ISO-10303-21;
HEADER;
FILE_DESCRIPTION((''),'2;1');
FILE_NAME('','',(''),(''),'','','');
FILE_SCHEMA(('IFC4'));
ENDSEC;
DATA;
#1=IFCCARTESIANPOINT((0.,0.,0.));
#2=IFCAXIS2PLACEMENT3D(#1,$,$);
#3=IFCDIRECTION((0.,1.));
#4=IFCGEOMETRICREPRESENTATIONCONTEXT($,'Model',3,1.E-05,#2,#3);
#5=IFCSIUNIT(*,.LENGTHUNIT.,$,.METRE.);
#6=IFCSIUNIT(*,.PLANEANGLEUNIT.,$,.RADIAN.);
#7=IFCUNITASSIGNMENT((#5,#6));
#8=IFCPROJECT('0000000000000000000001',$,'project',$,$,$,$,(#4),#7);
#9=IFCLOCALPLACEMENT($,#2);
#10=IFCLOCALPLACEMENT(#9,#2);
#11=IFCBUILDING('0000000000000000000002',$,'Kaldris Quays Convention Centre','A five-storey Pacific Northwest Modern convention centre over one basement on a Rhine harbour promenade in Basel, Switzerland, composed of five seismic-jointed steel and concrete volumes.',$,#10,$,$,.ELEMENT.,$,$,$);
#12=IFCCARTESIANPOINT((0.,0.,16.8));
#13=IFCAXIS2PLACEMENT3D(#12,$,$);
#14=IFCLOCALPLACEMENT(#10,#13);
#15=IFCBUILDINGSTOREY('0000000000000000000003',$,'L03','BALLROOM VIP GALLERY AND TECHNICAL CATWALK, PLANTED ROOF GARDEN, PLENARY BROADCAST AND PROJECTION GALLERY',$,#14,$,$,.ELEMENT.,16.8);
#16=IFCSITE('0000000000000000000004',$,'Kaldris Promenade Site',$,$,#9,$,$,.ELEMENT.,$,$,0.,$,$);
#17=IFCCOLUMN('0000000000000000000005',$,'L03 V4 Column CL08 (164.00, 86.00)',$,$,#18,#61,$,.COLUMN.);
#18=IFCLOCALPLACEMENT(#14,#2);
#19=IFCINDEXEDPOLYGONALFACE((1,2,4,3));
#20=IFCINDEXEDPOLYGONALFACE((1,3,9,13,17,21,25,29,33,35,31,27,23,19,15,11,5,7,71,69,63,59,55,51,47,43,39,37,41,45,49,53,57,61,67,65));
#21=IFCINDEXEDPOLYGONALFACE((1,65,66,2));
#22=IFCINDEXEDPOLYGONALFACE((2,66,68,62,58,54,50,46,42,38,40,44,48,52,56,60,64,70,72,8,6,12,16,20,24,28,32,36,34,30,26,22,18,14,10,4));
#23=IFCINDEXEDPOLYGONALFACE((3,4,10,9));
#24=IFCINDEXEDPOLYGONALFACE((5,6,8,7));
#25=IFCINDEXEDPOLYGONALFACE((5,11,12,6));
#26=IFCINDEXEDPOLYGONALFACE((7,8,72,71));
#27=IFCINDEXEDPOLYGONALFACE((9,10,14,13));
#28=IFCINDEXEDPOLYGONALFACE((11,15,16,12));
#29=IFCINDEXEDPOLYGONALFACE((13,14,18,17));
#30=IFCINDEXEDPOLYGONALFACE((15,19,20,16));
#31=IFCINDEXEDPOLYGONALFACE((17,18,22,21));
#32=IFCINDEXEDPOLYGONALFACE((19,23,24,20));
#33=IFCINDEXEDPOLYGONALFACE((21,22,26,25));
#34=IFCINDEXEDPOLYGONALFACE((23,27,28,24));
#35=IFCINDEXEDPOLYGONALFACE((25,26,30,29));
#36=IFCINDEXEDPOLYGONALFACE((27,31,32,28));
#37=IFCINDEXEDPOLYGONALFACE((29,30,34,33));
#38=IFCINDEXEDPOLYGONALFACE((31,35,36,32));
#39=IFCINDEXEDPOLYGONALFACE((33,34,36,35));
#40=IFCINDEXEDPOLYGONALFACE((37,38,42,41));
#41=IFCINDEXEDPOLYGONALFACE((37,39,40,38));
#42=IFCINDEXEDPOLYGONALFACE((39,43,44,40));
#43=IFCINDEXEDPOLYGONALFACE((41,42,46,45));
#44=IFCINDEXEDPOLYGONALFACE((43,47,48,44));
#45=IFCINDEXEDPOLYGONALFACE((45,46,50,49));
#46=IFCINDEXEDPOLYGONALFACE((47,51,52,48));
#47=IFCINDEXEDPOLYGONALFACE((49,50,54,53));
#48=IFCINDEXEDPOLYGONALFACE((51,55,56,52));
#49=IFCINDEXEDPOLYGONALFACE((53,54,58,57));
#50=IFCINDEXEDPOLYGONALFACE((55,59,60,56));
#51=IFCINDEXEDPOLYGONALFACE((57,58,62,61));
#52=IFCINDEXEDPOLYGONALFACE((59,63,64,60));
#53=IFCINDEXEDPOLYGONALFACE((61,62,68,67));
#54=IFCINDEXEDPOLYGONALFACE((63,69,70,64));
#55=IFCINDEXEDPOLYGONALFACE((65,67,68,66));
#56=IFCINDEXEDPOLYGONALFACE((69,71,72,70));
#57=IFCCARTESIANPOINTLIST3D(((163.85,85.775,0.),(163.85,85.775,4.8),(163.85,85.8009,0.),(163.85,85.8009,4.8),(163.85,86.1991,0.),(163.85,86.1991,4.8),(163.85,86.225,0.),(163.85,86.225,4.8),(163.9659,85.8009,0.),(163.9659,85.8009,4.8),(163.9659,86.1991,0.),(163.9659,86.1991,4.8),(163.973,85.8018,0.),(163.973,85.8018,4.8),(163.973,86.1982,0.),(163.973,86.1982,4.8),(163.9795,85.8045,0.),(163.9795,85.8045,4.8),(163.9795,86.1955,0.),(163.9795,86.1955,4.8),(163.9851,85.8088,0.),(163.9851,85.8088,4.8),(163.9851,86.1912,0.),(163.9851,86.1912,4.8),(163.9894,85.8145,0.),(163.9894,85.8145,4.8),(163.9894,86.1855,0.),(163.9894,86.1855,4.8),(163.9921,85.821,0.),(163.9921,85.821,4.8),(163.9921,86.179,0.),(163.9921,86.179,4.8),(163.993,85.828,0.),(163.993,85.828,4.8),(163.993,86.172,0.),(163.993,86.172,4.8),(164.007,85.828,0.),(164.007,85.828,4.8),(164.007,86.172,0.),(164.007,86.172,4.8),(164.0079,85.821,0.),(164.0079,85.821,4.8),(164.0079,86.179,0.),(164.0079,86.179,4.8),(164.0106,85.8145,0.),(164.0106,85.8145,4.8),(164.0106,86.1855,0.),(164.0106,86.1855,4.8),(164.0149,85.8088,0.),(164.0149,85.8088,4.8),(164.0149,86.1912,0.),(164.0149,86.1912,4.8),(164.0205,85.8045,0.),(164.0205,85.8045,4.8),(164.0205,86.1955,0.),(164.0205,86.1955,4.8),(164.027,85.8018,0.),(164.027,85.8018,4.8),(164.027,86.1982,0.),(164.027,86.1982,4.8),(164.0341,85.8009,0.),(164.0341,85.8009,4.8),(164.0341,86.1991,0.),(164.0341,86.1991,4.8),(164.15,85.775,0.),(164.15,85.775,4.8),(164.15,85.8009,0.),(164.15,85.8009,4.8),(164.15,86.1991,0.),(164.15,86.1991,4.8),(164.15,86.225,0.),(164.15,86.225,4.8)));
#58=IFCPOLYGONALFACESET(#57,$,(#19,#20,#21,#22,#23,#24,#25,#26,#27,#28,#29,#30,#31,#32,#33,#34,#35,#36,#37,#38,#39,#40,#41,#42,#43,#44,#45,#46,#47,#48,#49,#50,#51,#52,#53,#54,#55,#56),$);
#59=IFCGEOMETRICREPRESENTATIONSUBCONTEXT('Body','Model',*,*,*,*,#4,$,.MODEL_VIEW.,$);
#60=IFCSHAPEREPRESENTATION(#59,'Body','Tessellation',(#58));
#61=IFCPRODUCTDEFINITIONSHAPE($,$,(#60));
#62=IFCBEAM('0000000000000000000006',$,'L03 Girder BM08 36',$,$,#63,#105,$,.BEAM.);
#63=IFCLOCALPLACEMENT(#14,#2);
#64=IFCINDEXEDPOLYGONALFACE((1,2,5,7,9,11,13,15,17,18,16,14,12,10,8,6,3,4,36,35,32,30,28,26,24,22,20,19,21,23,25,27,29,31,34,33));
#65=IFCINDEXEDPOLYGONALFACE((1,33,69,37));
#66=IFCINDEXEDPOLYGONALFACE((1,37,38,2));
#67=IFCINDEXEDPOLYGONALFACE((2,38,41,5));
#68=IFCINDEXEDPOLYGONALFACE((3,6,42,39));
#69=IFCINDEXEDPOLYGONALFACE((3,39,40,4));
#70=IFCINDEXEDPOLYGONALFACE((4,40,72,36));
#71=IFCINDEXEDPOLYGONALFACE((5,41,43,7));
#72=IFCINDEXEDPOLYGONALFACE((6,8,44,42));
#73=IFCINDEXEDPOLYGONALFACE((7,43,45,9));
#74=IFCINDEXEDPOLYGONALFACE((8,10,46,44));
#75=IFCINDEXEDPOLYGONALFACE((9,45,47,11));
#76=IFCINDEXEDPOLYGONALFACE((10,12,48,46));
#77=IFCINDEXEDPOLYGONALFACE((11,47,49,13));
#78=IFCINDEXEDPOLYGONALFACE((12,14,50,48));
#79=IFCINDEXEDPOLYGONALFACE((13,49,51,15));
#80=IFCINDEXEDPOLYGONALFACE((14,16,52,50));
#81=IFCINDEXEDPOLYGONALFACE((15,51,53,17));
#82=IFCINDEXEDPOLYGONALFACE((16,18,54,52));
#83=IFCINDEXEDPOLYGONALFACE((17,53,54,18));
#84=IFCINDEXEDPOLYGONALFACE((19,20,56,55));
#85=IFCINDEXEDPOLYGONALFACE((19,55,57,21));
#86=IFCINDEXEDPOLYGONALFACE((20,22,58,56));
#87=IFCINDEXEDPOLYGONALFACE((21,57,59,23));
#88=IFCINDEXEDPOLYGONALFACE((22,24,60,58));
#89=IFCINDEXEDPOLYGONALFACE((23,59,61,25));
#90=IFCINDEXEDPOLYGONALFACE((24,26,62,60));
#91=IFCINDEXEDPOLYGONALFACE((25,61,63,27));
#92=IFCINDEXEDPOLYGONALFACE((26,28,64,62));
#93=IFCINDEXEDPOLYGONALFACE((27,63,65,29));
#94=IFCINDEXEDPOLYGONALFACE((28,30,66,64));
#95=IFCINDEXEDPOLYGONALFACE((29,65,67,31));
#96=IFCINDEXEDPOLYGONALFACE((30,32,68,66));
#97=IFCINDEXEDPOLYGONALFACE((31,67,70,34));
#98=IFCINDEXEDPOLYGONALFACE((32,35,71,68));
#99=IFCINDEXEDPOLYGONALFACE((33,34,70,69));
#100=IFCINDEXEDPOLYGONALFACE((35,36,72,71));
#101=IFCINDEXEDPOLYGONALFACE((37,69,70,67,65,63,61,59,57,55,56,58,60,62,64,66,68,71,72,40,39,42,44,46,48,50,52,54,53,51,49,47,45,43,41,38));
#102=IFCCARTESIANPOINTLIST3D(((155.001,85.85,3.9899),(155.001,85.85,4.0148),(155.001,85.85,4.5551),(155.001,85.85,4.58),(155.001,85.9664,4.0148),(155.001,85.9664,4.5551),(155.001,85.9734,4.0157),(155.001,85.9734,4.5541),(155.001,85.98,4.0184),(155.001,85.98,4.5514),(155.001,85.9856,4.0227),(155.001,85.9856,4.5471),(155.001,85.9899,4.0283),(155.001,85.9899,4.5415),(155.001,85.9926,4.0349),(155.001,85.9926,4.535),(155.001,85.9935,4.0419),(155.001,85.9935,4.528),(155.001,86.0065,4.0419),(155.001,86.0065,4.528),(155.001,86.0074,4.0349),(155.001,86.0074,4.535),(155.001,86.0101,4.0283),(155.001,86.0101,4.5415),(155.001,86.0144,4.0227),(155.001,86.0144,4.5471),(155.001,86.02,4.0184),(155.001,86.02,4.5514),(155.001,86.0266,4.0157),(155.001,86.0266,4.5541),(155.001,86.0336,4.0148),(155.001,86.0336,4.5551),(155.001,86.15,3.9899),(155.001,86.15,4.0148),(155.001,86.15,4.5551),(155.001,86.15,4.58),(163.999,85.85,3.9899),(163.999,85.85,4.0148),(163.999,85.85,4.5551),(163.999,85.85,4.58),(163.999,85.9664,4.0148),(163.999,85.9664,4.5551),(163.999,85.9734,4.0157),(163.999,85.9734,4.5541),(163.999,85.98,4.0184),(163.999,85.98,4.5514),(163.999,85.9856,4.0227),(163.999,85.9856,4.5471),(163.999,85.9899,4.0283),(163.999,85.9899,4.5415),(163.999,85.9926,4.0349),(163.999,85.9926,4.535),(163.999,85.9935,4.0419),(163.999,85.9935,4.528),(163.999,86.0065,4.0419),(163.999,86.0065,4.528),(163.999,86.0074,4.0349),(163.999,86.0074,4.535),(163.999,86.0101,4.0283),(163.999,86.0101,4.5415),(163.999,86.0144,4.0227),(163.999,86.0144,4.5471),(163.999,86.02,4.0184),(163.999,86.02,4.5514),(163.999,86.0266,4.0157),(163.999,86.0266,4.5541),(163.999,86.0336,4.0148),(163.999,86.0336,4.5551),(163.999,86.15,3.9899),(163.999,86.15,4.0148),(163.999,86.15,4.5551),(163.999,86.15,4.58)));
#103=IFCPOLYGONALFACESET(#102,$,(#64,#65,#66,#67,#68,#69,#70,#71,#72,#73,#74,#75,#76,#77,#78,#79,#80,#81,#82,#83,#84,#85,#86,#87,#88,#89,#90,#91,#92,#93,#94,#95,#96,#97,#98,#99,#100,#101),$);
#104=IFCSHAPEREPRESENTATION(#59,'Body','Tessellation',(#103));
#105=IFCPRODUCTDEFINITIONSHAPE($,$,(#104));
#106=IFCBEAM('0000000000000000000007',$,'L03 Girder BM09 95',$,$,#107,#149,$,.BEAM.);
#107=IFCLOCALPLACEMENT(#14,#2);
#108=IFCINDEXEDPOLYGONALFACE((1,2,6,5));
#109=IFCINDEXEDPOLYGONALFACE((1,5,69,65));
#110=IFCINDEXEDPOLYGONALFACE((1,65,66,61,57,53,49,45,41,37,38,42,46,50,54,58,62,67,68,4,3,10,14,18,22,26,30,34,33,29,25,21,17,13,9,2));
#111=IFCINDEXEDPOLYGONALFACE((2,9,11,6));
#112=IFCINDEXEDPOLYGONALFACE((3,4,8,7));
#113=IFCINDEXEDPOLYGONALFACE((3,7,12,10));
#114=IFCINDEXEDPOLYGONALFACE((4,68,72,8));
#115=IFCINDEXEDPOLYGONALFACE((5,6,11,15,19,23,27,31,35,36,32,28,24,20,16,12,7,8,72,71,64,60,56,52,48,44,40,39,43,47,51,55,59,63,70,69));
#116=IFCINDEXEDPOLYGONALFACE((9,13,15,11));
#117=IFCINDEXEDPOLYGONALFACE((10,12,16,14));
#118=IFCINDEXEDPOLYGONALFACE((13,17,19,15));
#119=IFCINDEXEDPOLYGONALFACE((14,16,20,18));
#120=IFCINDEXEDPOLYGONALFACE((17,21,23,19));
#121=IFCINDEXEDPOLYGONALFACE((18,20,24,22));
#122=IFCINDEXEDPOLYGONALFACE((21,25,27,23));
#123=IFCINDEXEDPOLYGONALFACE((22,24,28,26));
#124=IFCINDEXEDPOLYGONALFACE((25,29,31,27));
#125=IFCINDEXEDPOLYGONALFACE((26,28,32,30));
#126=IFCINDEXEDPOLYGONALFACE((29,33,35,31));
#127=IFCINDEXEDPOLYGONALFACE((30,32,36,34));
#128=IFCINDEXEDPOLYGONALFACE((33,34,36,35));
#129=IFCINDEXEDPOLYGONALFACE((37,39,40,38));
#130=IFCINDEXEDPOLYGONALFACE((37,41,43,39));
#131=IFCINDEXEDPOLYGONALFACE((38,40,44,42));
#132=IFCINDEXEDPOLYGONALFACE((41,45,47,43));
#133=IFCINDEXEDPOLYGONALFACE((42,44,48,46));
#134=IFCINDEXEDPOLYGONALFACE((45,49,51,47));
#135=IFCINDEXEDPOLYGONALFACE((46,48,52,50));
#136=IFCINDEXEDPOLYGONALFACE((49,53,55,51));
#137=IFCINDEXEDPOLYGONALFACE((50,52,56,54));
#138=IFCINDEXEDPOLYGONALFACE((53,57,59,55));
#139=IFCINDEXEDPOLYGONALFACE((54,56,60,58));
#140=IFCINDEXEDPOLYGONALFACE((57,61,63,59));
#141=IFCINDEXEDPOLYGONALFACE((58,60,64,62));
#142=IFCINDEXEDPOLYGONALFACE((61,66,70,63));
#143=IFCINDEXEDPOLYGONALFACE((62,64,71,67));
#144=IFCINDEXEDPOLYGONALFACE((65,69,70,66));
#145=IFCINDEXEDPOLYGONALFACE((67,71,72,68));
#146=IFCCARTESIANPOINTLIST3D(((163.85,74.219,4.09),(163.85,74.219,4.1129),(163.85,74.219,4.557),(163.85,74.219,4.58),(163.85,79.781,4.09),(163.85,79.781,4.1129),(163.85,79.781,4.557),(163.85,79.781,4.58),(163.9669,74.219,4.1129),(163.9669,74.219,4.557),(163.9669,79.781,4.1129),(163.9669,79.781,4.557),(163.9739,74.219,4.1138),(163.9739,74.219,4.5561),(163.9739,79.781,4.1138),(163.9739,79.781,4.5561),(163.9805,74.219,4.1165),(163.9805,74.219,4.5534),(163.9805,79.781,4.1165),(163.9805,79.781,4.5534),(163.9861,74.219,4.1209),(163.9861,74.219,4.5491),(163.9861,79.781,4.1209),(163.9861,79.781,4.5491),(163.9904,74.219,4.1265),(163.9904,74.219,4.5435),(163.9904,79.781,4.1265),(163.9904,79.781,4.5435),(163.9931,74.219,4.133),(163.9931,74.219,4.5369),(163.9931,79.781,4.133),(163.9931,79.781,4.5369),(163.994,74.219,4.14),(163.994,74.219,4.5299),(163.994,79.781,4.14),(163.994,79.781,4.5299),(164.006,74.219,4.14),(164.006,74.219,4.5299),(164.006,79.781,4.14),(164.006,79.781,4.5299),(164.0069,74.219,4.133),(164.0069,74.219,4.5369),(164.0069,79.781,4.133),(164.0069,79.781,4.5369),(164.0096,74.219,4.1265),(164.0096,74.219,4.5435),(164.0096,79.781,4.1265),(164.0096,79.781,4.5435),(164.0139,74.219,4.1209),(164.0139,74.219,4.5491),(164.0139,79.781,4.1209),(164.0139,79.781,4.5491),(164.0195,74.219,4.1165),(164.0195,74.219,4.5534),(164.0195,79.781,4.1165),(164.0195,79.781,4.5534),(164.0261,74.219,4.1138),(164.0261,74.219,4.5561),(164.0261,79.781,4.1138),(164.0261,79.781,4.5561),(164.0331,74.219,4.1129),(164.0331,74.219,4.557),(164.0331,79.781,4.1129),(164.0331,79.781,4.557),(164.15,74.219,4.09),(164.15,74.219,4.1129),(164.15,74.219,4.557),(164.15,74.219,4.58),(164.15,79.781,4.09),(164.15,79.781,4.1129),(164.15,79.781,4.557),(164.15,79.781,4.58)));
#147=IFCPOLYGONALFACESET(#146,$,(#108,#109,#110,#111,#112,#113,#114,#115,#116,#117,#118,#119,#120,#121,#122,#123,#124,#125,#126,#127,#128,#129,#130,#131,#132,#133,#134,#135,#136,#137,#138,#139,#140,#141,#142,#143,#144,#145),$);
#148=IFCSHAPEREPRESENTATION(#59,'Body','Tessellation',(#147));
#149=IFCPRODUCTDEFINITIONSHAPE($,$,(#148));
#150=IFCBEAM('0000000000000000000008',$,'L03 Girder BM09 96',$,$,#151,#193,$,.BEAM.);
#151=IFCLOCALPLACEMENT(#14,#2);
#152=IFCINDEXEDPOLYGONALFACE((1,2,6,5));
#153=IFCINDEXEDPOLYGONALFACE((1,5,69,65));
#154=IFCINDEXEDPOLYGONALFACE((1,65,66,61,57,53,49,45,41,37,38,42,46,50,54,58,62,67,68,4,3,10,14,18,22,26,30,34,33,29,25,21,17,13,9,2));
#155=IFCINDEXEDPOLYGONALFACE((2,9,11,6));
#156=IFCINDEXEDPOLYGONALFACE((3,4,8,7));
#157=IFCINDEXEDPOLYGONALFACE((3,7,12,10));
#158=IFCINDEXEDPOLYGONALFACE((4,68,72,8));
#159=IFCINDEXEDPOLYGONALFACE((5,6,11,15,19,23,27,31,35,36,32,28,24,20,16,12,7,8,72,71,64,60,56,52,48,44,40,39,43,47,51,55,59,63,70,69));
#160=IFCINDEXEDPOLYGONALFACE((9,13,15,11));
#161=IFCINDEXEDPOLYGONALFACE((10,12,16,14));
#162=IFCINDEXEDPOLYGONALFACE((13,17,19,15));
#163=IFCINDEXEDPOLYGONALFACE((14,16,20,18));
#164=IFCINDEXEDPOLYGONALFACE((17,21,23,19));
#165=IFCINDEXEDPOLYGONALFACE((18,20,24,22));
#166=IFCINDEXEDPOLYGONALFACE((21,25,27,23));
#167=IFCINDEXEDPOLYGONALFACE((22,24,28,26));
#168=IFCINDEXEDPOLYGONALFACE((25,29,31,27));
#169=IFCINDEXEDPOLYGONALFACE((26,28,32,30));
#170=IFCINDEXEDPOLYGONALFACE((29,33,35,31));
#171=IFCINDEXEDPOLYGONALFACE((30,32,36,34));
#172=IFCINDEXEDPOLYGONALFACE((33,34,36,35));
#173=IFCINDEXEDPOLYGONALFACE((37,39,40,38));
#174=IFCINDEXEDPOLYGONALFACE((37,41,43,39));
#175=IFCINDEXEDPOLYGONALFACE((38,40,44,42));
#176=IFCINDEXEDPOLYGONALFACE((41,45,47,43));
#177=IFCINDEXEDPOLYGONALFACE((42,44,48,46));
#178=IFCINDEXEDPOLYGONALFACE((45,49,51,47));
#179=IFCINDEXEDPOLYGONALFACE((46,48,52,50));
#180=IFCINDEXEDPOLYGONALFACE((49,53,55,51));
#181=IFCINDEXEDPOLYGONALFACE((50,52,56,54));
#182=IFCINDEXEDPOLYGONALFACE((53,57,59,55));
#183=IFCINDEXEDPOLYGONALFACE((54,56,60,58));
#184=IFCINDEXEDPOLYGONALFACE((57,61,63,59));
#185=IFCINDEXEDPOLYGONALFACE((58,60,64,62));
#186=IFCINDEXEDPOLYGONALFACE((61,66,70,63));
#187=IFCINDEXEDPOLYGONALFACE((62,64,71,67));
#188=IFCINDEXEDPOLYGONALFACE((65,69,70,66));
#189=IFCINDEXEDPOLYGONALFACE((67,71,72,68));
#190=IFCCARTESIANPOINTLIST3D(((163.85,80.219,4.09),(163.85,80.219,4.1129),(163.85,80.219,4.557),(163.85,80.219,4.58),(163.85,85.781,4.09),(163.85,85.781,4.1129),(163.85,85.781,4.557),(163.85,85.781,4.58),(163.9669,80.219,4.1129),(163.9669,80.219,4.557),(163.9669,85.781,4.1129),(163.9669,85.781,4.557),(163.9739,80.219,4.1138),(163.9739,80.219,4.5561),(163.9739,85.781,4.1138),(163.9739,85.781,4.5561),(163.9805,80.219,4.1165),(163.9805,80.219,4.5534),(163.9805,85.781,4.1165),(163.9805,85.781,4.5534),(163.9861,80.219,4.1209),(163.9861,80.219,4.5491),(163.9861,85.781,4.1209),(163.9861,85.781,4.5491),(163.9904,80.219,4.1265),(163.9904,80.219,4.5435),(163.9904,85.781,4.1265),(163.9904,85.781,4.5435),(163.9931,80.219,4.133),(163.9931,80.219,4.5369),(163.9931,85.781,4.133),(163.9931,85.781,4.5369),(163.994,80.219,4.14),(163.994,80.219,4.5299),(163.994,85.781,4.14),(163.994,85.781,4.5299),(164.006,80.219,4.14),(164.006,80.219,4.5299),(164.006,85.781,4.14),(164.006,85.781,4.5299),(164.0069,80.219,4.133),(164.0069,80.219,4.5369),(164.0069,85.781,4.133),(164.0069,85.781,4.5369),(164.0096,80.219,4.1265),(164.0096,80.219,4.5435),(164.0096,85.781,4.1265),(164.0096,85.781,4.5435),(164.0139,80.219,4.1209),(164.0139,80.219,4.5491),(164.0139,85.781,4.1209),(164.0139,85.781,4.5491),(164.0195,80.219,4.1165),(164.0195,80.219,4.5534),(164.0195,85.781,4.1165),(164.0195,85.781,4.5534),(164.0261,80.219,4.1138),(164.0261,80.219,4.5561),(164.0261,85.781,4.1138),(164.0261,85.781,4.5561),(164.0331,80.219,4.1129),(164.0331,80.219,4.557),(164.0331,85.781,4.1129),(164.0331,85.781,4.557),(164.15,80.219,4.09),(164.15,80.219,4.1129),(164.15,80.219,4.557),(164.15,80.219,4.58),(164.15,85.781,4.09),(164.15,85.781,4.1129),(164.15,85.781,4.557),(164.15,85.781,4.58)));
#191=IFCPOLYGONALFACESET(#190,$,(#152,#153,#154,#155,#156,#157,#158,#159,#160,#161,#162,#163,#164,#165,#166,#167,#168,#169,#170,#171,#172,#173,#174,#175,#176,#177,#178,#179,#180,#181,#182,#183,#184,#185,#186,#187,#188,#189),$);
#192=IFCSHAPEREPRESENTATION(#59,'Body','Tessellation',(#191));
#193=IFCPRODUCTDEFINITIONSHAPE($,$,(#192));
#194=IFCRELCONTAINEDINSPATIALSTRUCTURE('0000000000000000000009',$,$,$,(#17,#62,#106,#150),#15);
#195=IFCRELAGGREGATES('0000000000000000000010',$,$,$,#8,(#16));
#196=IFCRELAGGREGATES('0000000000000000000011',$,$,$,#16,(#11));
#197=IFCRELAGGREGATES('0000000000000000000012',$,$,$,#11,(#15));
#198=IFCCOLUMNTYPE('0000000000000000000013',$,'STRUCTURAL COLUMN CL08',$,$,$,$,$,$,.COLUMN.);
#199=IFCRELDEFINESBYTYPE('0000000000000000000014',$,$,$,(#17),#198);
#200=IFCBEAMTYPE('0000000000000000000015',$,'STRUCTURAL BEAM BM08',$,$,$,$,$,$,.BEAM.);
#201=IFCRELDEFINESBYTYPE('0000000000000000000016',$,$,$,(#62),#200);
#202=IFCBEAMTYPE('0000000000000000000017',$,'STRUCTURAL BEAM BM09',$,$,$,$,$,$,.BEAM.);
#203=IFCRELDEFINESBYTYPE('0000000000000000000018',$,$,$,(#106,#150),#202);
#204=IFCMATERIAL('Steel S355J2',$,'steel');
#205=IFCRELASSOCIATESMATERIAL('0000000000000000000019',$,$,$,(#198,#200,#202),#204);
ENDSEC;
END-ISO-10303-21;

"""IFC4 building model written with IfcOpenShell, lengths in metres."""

from ifc_helpers import new_model, si_unit, direction, frame, origin, origin_2d, place, context, subcontext, project, spatial, i_section, extrude, material, material_profile, profile_set, type_object, element, save


model = new_model("IFC4")

# Units and contexts
model_context = context("Model", 3, precision=1e-05, world=origin(), true_north=direction((0.0, 1.0)))
body_context = subcontext(model_context, "Body", "Model", "MODEL_VIEW")
ifc_project = project(units=[si_unit("LENGTHUNIT", "METRE"), si_unit("PLANEANGLEUNIT", "RADIAN")], contexts=[model_context])

# Site, building, storey
site_placement = place(None, origin())
site = spatial("IfcSite", under=ifc_project, at=site_placement, Name="Kaldris Promenade Site", CompositionType="ELEMENT", RefElevation=0.0)
building_placement = place(site_placement, origin())
building = spatial("IfcBuilding", under=site, at=building_placement, Name="Kaldris Quays Convention Centre", Description="A five-storey Pacific Northwest Modern convention centre over one basement on a Rhine harbour promenade in Basel, Switzerland, composed of five seismic-jointed steel and concrete volumes.", CompositionType="ELEMENT")
storey_placement = place(building_placement, frame((0.0, 0.0, 16.8)))
storey = spatial("IfcBuildingStorey", under=building, at=storey_placement, Name="L03", Description="BALLROOM VIP GALLERY AND TECHNICAL CATWALK, PLANTED ROOF GARDEN, PLENARY BROADCAST AND PROJECTION GALLERY", CompositionType="ELEMENT", Elevation=16.8)

# Column
ifc_material_1 = material(Name="Steel S355J2", Category="steel")
ifc_material_profile_1 = material_profile(ifc_material_1, i_section(OverallWidth=0.3, OverallDepth=0.45, WebThickness=0.0139, FlangeThickness=0.0259, FilletRadius=0.0271, at=origin_2d()), Name="HEB 450")
ifc_profile_set_1 = profile_set([ifc_material_profile_1], Name="Steel S355J2")
column_type_1 = type_object("IfcColumnType", Name="STRUCTURAL COLUMN CL08", PredefinedType="COLUMN", material=ifc_profile_set_1)
for number, where, z_axis, x_axis, name in (
    (1, (164.0, 86.0, 0.0), (0.0, 0.0, 1.0), (1.0, 0.0, 0.0), "L03 V4 Column CL08 (164.00, 86.00)"),
):
    element("IfcColumn", number, at=place(storey_placement, frame(where, z_axis=z_axis, x_axis=x_axis)), inside=storey, type_object=column_type_1, Name=name, PredefinedType="COLUMN", context=body_context, shape_type="SweptSolid", body=[
        extrude(i_section(OverallWidth=0.3, OverallDepth=0.45, WebThickness=0.0139, FlangeThickness=0.0259, FilletRadius=0.0271, at=origin_2d()), origin(), (0.0, 0.0, 1.0), 4.8),
    ])

# Beams
ifc_material_profile_2 = material_profile(ifc_material_1, i_section(OverallWidth=0.3, OverallDepth=0.5901, WebThickness=0.0129, FlangeThickness=0.0249, FilletRadius=0.0271, at=origin_2d()), Name="HEA 600")
ifc_profile_set_2 = profile_set([ifc_material_profile_2], Name="Steel S355J2")
beam_type_1 = type_object("IfcBeamType", Name="STRUCTURAL BEAM BM08", PredefinedType="BEAM", material=ifc_profile_set_2)
beam_placement = place(storey_placement, frame((155.001, 86.0, 4.2849), z_axis=(1.0, 0.0, 0.0), x_axis=(0.0, 1.0, 0.0)))
element("IfcBeam", 2, at=beam_placement, inside=storey, type_object=beam_type_1, Name="L03 Girder BM08 36", PredefinedType="BEAM", context=body_context, shape_type="SweptSolid", body=[
    extrude(i_section(OverallWidth=0.3, OverallDepth=0.5901, WebThickness=0.0129, FlangeThickness=0.0249, FilletRadius=0.0271, at=origin_2d()), origin(), (0.0, 0.0, 1.0), 8.998),
])
ifc_material_profile_3 = material_profile(ifc_material_1, i_section(OverallWidth=0.3, OverallDepth=0.49, WebThickness=0.012, FlangeThickness=0.0229, FilletRadius=0.0271, at=origin_2d()), Name="HEA 500")
ifc_profile_set_3 = profile_set([ifc_material_profile_3], Name="Steel S355J2")
beam_type_2 = type_object("IfcBeamType", Name="STRUCTURAL BEAM BM09", PredefinedType="BEAM", material=ifc_profile_set_3)
for number, where, z_axis, x_axis, name in (
    (3, (164.0, 74.219, 4.335), (0.0, 1.0, 0.0), (-1.0, 0.0, 0.0), "L03 Girder BM09 95"),
    (4, (164.0, 80.219, 4.335), (0.0, 1.0, 0.0), (-1.0, 0.0, 0.0), "L03 Girder BM09 96"),
):
    element("IfcBeam", number, at=place(storey_placement, frame(where, z_axis=z_axis, x_axis=x_axis)), inside=storey, type_object=beam_type_2, Name=name, PredefinedType="BEAM", context=body_context, shape_type="SweptSolid", body=[
        extrude(i_section(OverallWidth=0.3, OverallDepth=0.49, WebThickness=0.012, FlangeThickness=0.0229, FilletRadius=0.0271, at=origin_2d()), origin(), (0.0, 0.0, 1.0), 5.562),
    ])

save(model, "model.ifc")
